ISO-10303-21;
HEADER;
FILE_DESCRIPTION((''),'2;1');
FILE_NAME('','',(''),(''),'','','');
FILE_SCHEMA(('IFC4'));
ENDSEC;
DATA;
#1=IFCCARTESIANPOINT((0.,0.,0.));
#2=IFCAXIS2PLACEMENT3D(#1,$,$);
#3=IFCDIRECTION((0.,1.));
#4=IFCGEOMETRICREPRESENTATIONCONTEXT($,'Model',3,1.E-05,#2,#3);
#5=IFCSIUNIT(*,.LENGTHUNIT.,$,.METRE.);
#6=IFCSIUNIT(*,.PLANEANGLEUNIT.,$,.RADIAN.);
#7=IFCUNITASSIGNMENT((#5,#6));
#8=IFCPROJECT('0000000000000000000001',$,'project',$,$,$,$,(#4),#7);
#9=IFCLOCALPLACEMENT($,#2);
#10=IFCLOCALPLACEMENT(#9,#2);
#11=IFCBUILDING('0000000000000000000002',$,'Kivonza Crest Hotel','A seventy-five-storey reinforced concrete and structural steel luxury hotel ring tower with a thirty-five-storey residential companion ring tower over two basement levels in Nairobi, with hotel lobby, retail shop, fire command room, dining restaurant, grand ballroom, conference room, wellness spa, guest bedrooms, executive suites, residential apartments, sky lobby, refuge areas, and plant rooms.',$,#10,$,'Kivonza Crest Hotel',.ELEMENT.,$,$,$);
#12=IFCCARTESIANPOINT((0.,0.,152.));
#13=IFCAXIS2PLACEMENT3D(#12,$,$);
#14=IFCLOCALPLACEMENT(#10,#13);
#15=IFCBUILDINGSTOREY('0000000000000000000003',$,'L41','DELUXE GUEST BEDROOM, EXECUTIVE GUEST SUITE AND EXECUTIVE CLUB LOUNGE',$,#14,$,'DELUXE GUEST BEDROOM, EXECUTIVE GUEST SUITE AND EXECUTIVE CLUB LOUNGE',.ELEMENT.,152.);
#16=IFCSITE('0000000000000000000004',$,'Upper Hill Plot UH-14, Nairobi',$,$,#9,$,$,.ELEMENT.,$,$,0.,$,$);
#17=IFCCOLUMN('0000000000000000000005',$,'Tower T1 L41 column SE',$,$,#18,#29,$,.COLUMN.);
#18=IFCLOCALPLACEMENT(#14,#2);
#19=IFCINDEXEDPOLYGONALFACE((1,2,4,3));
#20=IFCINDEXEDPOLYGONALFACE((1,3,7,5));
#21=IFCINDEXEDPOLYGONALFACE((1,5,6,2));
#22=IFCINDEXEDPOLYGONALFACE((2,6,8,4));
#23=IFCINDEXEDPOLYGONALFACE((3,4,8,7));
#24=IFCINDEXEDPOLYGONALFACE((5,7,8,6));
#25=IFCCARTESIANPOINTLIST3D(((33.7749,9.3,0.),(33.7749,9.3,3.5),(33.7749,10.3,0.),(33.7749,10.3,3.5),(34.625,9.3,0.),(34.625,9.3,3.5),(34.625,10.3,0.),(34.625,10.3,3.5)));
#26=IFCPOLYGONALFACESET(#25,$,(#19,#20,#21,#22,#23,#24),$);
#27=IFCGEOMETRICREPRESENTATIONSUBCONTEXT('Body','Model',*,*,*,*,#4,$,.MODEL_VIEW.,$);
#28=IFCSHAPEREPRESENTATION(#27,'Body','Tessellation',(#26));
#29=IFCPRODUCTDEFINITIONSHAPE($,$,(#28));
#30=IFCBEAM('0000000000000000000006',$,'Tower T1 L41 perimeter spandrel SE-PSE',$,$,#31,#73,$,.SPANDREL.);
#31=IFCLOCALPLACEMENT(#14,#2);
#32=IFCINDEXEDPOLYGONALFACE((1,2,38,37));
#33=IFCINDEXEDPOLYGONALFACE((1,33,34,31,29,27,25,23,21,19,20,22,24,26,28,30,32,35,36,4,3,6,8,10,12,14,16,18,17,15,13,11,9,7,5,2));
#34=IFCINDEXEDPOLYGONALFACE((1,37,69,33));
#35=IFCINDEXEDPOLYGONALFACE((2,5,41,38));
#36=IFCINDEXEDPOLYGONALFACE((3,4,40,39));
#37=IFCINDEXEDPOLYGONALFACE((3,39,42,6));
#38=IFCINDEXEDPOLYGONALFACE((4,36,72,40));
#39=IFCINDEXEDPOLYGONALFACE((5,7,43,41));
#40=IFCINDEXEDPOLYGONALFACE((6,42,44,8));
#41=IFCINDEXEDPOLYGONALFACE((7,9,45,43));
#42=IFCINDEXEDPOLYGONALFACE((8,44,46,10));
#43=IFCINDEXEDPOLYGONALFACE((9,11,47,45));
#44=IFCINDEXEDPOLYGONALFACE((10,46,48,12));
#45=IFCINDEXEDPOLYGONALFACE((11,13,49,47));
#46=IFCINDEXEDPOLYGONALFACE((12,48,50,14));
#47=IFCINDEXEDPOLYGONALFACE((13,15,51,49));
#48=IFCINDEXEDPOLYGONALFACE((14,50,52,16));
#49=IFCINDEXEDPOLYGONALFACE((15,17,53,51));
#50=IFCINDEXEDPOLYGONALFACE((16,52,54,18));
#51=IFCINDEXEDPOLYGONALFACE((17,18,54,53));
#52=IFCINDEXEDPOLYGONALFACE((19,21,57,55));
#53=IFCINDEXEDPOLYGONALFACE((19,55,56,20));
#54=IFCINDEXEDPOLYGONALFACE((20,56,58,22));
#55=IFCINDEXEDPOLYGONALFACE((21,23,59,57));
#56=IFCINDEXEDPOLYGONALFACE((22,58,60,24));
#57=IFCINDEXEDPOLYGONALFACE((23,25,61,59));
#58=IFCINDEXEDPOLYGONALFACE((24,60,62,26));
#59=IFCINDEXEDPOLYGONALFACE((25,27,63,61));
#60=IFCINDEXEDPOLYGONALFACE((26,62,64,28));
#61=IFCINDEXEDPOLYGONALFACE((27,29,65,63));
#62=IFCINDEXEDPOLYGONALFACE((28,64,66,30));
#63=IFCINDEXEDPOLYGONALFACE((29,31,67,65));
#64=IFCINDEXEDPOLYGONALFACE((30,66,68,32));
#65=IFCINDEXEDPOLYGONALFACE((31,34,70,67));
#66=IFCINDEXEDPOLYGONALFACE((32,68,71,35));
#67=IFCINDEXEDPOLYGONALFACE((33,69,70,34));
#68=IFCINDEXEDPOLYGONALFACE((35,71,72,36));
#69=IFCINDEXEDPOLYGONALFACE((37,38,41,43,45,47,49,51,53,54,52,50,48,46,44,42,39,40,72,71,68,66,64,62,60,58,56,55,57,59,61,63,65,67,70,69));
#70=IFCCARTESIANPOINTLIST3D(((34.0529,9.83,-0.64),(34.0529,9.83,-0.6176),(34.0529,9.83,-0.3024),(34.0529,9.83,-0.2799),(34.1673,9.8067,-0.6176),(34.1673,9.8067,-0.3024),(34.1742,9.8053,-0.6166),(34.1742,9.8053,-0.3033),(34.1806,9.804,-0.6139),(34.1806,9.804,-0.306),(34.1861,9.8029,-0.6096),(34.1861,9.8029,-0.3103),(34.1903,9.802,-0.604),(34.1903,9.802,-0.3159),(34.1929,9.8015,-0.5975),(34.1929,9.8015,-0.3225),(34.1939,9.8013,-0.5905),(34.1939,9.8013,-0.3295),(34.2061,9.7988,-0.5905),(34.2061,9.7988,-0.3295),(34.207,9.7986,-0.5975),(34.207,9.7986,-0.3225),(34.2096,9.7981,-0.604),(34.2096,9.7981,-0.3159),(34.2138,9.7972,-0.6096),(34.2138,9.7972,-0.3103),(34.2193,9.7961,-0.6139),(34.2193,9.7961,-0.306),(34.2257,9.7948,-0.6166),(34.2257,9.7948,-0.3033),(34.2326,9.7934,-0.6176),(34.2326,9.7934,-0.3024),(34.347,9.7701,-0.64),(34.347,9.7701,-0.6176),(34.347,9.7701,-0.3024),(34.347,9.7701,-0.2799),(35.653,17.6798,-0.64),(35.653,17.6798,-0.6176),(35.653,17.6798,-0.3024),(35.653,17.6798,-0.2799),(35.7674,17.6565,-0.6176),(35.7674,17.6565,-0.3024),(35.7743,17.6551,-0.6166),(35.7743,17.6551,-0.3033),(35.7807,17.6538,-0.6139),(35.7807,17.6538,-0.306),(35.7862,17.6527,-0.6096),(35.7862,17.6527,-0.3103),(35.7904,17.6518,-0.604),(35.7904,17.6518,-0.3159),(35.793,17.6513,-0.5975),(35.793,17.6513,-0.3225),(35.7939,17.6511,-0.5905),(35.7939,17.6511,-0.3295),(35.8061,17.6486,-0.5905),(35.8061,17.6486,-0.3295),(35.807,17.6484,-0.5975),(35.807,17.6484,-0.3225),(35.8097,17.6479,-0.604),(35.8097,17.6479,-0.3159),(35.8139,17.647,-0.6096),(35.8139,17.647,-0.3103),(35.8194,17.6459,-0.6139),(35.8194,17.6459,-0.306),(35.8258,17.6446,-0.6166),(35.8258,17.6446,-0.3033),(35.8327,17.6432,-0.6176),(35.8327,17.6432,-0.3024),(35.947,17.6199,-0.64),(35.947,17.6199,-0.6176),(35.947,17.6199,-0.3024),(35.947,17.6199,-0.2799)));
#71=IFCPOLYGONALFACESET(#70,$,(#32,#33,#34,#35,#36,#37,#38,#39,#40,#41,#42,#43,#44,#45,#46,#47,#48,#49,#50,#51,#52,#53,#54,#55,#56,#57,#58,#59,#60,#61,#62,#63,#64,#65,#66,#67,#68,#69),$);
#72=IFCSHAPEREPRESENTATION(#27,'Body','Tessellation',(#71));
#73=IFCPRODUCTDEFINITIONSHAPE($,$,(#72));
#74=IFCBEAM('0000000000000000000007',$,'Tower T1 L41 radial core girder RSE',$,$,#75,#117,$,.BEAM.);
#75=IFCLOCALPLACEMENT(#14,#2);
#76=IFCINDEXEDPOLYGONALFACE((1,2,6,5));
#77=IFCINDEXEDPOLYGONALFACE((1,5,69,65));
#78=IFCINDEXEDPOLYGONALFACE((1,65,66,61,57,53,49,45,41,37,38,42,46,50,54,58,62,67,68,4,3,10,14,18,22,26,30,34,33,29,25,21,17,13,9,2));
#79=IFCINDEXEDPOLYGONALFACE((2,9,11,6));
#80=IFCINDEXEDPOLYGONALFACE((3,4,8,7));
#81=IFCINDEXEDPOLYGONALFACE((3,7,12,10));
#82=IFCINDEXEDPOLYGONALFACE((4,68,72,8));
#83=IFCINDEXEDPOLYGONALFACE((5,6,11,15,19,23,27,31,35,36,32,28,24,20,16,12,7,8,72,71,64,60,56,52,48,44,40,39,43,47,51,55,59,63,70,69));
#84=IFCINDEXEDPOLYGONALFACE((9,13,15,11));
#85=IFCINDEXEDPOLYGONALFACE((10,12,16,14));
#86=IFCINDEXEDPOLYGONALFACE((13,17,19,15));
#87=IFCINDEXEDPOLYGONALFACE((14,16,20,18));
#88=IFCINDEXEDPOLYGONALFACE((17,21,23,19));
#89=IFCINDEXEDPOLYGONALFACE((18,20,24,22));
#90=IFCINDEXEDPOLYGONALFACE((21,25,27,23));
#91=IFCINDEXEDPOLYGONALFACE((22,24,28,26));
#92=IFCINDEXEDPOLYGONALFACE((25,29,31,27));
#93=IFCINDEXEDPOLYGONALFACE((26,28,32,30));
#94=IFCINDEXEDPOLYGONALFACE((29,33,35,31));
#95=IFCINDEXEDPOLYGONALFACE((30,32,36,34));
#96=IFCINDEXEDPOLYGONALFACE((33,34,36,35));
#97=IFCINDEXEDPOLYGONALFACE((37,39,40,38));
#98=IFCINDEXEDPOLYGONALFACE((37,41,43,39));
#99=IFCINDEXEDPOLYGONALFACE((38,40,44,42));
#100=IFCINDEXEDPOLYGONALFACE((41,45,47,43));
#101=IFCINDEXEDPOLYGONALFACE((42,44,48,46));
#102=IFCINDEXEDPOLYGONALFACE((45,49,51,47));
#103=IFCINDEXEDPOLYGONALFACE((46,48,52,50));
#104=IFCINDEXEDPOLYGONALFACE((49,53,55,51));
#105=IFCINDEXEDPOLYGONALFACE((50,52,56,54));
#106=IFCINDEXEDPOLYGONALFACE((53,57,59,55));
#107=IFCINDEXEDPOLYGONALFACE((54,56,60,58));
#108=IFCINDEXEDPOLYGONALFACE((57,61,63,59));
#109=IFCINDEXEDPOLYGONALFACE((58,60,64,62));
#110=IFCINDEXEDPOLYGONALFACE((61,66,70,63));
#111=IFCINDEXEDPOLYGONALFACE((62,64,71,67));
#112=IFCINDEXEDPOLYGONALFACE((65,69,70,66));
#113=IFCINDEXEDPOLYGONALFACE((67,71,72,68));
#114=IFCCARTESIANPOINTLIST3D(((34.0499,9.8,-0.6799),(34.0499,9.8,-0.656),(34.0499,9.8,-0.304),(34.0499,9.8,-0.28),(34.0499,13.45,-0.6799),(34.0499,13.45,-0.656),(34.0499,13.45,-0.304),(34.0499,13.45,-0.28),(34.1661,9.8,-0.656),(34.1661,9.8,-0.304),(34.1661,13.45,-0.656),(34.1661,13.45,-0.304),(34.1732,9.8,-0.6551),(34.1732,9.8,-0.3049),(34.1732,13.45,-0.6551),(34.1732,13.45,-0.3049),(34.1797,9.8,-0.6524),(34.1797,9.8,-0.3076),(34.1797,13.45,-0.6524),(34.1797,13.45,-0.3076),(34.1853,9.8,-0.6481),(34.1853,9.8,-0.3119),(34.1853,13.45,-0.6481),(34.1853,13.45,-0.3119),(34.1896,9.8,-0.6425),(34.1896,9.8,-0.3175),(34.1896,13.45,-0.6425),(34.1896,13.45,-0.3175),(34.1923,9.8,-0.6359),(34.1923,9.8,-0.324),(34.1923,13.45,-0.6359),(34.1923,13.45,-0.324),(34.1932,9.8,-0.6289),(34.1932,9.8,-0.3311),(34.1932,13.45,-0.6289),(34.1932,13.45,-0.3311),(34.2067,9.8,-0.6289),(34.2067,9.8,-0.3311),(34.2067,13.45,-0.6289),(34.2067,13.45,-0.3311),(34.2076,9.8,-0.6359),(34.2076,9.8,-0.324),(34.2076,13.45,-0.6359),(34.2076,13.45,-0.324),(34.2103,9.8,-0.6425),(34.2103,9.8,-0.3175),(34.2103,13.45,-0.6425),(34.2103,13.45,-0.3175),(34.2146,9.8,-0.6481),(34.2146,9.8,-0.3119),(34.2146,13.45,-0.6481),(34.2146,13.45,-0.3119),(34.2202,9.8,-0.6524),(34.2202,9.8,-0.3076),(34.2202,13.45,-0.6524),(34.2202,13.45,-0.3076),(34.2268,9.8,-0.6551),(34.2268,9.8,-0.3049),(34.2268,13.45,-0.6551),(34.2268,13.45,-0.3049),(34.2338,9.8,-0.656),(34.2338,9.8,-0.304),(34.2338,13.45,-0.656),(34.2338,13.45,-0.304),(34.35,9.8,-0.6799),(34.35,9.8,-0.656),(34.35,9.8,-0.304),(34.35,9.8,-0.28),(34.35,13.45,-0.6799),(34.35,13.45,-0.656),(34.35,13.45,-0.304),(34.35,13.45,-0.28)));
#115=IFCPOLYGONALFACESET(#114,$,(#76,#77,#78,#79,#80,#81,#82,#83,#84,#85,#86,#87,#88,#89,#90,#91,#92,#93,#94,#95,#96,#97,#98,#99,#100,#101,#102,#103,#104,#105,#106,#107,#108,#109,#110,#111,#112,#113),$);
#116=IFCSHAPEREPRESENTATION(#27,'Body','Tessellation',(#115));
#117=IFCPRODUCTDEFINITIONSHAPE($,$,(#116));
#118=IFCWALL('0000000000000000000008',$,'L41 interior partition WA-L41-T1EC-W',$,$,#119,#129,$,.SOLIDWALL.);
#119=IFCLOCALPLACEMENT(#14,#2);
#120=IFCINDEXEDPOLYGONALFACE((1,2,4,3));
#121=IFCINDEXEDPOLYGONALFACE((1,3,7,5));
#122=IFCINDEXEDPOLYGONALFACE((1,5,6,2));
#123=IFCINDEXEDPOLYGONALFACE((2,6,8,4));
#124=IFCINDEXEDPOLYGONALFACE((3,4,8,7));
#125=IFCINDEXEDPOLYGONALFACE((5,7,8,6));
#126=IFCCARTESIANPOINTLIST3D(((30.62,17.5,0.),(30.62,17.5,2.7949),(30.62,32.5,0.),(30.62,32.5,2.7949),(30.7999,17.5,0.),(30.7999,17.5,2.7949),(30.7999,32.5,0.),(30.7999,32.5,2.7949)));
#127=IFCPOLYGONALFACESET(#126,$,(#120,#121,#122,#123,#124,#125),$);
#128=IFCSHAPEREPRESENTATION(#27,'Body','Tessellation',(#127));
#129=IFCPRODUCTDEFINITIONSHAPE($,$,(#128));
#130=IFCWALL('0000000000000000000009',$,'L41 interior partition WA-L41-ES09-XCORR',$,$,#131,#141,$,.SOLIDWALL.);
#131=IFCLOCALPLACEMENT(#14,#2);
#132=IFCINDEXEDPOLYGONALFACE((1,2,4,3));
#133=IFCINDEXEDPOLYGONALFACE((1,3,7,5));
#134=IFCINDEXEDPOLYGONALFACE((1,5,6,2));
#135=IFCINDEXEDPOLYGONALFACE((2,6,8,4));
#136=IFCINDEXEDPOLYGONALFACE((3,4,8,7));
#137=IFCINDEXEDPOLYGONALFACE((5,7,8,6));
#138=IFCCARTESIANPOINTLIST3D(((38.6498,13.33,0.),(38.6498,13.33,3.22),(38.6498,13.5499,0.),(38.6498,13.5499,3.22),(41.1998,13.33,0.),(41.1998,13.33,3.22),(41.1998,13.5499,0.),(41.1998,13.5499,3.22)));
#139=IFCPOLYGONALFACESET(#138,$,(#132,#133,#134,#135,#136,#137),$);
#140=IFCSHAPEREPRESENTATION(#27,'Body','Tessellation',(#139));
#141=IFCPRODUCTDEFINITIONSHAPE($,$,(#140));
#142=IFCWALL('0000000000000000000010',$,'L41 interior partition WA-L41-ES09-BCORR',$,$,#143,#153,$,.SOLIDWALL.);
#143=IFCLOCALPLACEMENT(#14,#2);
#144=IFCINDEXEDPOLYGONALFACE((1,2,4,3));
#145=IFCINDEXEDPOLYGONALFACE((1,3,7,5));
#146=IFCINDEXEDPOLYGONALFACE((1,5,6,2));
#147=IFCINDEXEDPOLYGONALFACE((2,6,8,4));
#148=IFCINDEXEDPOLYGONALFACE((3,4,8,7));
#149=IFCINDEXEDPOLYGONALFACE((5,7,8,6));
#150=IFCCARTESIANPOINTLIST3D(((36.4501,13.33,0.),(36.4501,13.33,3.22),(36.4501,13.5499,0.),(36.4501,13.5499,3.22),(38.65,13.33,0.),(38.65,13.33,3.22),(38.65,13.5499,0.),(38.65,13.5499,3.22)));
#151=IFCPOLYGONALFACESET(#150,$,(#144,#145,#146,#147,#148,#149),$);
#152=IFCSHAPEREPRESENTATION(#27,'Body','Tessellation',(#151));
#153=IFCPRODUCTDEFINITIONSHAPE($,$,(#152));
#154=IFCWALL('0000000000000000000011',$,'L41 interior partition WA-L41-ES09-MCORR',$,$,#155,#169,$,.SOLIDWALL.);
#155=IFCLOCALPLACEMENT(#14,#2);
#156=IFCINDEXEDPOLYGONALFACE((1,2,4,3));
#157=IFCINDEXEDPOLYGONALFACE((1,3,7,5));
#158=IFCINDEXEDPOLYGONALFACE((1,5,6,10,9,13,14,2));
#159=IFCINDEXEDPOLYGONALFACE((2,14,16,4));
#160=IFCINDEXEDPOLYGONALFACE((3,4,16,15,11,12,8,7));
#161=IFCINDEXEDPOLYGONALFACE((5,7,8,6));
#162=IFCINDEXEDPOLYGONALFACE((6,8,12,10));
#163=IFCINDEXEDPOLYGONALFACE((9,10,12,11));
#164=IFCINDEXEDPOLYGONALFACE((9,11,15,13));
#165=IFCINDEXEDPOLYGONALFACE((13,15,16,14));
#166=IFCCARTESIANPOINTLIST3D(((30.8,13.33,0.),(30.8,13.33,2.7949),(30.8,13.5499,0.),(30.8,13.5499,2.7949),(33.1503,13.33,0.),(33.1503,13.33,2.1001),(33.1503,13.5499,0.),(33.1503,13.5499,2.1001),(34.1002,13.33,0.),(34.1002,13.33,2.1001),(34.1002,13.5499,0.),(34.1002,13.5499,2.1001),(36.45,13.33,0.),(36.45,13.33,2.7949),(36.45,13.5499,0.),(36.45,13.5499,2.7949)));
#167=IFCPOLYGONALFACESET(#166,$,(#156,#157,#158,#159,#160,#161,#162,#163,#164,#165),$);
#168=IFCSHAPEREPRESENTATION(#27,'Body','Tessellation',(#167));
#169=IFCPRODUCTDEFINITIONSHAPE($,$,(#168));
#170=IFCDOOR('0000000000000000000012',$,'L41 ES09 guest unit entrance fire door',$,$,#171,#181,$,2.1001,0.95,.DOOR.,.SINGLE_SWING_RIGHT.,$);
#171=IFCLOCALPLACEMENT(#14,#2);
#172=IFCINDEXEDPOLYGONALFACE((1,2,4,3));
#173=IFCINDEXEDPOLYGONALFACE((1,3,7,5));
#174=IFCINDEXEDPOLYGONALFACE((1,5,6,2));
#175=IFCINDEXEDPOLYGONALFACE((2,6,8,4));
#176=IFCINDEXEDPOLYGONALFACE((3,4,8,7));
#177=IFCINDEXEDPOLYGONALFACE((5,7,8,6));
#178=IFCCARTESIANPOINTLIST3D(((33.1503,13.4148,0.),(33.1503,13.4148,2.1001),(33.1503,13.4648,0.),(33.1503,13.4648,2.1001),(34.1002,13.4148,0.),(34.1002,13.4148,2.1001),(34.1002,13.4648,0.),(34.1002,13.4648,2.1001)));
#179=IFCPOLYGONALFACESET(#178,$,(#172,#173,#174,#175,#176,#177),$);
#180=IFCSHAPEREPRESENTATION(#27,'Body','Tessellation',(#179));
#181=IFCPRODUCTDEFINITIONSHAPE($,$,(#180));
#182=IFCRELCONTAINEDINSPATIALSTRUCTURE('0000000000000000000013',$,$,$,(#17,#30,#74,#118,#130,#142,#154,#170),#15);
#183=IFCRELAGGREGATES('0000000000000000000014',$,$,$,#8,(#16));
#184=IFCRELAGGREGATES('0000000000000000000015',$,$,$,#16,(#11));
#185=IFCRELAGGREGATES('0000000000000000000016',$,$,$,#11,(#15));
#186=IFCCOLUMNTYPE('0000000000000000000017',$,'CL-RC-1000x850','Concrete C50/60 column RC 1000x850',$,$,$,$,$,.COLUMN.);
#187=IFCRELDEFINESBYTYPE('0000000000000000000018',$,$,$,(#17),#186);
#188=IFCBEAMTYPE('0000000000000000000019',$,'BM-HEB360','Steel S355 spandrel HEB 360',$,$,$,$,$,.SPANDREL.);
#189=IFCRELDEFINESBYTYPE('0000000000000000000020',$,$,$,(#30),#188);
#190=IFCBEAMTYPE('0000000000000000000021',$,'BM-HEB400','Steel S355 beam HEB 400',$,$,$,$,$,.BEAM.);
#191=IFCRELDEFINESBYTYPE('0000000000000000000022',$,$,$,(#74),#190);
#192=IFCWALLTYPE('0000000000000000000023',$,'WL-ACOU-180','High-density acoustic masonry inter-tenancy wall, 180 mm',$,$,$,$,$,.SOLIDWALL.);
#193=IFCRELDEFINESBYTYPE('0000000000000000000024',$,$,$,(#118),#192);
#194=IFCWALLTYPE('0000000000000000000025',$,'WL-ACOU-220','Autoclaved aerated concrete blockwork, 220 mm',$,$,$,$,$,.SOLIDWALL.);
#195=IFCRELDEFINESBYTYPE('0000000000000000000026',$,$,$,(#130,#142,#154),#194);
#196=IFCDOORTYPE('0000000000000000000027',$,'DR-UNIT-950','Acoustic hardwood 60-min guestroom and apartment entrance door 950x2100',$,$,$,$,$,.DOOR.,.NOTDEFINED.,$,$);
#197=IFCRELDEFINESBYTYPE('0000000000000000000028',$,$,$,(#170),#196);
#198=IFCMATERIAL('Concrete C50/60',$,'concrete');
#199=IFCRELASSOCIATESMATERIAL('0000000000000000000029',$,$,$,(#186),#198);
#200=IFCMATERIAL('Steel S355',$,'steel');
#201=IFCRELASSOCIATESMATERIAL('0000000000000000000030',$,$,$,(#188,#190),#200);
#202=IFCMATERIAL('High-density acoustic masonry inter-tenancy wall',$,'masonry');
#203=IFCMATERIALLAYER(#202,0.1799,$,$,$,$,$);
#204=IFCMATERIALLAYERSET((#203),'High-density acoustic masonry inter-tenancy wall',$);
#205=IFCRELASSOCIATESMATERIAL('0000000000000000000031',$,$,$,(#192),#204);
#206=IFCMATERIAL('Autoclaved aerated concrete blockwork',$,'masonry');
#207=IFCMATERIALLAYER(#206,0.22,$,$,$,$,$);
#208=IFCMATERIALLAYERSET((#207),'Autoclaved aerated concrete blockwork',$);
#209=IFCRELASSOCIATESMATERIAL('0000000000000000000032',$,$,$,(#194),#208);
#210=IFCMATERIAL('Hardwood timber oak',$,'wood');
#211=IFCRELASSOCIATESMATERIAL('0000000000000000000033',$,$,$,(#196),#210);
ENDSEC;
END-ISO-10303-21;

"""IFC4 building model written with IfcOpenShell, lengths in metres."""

from ifc_helpers import new_model, si_unit, direction, frame, frame_2d, origin, origin_2d, place, context, subcontext, project, spatial, rectangle, i_section, extrude, material, layer, layer_set, material_profile, profile_set, type_object, element, fill, save


model = new_model("IFC4")

# Units and contexts
model_context = context("Model", 3, precision=1e-05, world=origin(), true_north=direction((0.0, 1.0)))
body_context = subcontext(model_context, "Body", "Model", "MODEL_VIEW")
ifc_project = project(units=[si_unit("LENGTHUNIT", "METRE"), si_unit("PLANEANGLEUNIT", "RADIAN")], contexts=[model_context])

# Site, building, storey
site_placement = place(None, origin())
site = spatial("IfcSite", under=ifc_project, at=site_placement, Name="Upper Hill Plot UH-14, Nairobi", CompositionType="ELEMENT", RefElevation=0.0)
building_placement = place(site_placement, origin())
building = spatial("IfcBuilding", under=site, at=building_placement, Name="Kivonza Crest Hotel", Description="A seventy-five-storey reinforced concrete and structural steel luxury hotel ring tower with a thirty-five-storey residential companion ring tower over two basement levels in Nairobi, with hotel lobby, retail shop, fire command room, dining restaurant, grand ballroom, conference room, wellness spa, guest bedrooms, executive suites, residential apartments, sky lobby, refuge areas, and plant rooms.", LongName="Kivonza Crest Hotel", CompositionType="ELEMENT")
storey_placement = place(building_placement, frame((0.0, 0.0, 152.0)))
storey = spatial("IfcBuildingStorey", under=building, at=storey_placement, Name="L41", Description="DELUXE GUEST BEDROOM, EXECUTIVE GUEST SUITE AND EXECUTIVE CLUB LOUNGE", LongName="DELUXE GUEST BEDROOM, EXECUTIVE GUEST SUITE AND EXECUTIVE CLUB LOUNGE", CompositionType="ELEMENT", Elevation=152.0)

# Column
ifc_material_1 = material(Name="Concrete C50/60", Category="concrete")
ifc_material_profile_1 = material_profile(ifc_material_1, rectangle(XDim=0.8501, YDim=1.0, at=origin_2d()), Name="RC 1000x850")
ifc_profile_set_1 = profile_set([ifc_material_profile_1], Name="Concrete C50/60")
column_type = type_object("IfcColumnType", Name="CL-RC-1000x850", Description="Concrete C50/60 column RC 1000x850", PredefinedType="COLUMN", material=ifc_profile_set_1)
column_placement = place(storey_placement, frame((34.2, 9.8, 0.0), z_axis=(0.0, 0.0, 1.0), x_axis=(1.0, 0.0, 0.0)))
element("IfcColumn", 1, at=column_placement, inside=storey, type_object=column_type, Name="Tower T1 L41 column SE", PredefinedType="COLUMN", context=body_context, shape_type="SweptSolid", body=[
    extrude(rectangle(XDim=0.8501, YDim=1.0, at=origin_2d()), origin(), (0.0, 0.0, 1.0), 3.5),
])

# Beams
ifc_material_2 = material(Name="Steel S355", Category="steel")
ifc_material_profile_2 = material_profile(ifc_material_2, i_section(OverallWidth=0.3, OverallDepth=0.3601, WebThickness=0.0125, FlangeThickness=0.0225, FilletRadius=0.0271, at=origin_2d()), Name="HEB 360")
ifc_profile_set_2 = profile_set([ifc_material_profile_2], Name="Steel S355")
beam_type_1 = type_object("IfcBeamType", Name="BM-HEB360", Description="Steel S355 spandrel HEB 360", PredefinedType="SPANDREL", material=ifc_profile_set_2)
beam_1_placement = place(storey_placement, frame((34.2, 9.8, -0.46), z_axis=(0.199731, 0.979851, 0.0), x_axis=(-0.979851, 0.199731, 0.0)))
element("IfcBeam", 2, at=beam_1_placement, inside=storey, type_object=beam_type_1, Name="Tower T1 L41 perimeter spandrel SE-PSE", PredefinedType="SPANDREL", context=body_context, shape_type="SweptSolid", body=[
    extrude(i_section(OverallWidth=0.3, OverallDepth=0.3601, WebThickness=0.0125, FlangeThickness=0.0225, FilletRadius=0.0271, at=origin_2d()), origin(), (0.0, 0.0, 1.0), 8.0112),
])
ifc_material_profile_3 = material_profile(ifc_material_2, i_section(OverallWidth=0.3, OverallDepth=0.3999, WebThickness=0.0134, FlangeThickness=0.0239, FilletRadius=0.0271, at=origin_2d()), Name="HEB 400")
ifc_profile_set_3 = profile_set([ifc_material_profile_3], Name="Steel S355")
beam_type_2 = type_object("IfcBeamType", Name="BM-HEB400", Description="Steel S355 beam HEB 400", PredefinedType="BEAM", material=ifc_profile_set_3)
beam_2_placement = place(storey_placement, frame((34.2, 9.8, -0.48), z_axis=(0.0, 1.0, 0.0), x_axis=(-1.0, 0.0, 0.0)))
element("IfcBeam", 3, at=beam_2_placement, inside=storey, type_object=beam_type_2, Name="Tower T1 L41 radial core girder RSE", PredefinedType="BEAM", context=body_context, shape_type="SweptSolid", body=[
    extrude(i_section(OverallWidth=0.3, OverallDepth=0.3999, WebThickness=0.0134, FlangeThickness=0.0239, FilletRadius=0.0271, at=origin_2d()), origin(), (0.0, 0.0, 1.0), 3.6499),
])

# Walls
ifc_material_3 = material(Name="High-density acoustic masonry inter-tenancy wall", Category="masonry")
ifc_layer_1 = layer(ifc_material_3, 0.1799)
ifc_layer_set_1 = layer_set([ifc_layer_1], Name="High-density acoustic masonry inter-tenancy wall")
wall_type_1 = type_object("IfcWallType", Name="WL-ACOU-180", Description="High-density acoustic masonry inter-tenancy wall, 180 mm", PredefinedType="SOLIDWALL", material=ifc_layer_set_1)
wall_1_placement = place(storey_placement, frame((30.71, 17.5, 0.0), z_axis=(0.0, 0.0, 1.0), x_axis=(0.0, 1.0, 0.0)))
element("IfcWall", 4, at=wall_1_placement, inside=storey, type_object=wall_type_1, Name="L41 interior partition WA-L41-T1EC-W", PredefinedType="SOLIDWALL", context=body_context, shape_type="SweptSolid", body=[
    extrude(rectangle(XDim=15.0, YDim=0.1799, at=frame_2d((7.5, 0.0))), origin(), (0.0, 0.0, 1.0), 2.7949),
])
ifc_material_4 = material(Name="Autoclaved aerated concrete blockwork", Category="masonry")
ifc_layer_2 = layer(ifc_material_4, 0.22)
ifc_layer_set_2 = layer_set([ifc_layer_2], Name="Autoclaved aerated concrete blockwork")
wall_type_2 = type_object("IfcWallType", Name="WL-ACOU-220", Description="Autoclaved aerated concrete blockwork, 220 mm", PredefinedType="SOLIDWALL", material=ifc_layer_set_2)
wall_2_placement = place(storey_placement, frame((38.6499, 13.4399, 0.0), z_axis=(0.0, 0.0, 1.0), x_axis=(1.0, 0.0, 0.0)))
element("IfcWall", 5, at=wall_2_placement, inside=storey, type_object=wall_type_2, Name="L41 interior partition WA-L41-ES09-XCORR", PredefinedType="SOLIDWALL", context=body_context, shape_type="SweptSolid", body=[
    extrude(rectangle(XDim=2.55, YDim=0.22, at=frame_2d((1.2749, 0.0))), origin(), (0.0, 0.0, 1.0), 3.22),
])
wall_3_placement = place(storey_placement, frame((36.45, 13.4399, 0.0), z_axis=(0.0, 0.0, 1.0), x_axis=(1.0, 0.0, 0.0)))
element("IfcWall", 6, at=wall_3_placement, inside=storey, type_object=wall_type_2, Name="L41 interior partition WA-L41-ES09-BCORR", PredefinedType="SOLIDWALL", context=body_context, shape_type="SweptSolid", body=[
    extrude(rectangle(XDim=2.2, YDim=0.22, at=frame_2d((1.1001, 0.0))), origin(), (0.0, 0.0, 1.0), 3.22),
])

# Wall, opening, door
wall_4_placement = place(storey_placement, frame((30.8, 13.4399, 0.0), z_axis=(0.0, 0.0, 1.0), x_axis=(1.0, 0.0, 0.0)))
wall_4 = element("IfcWall", 7, at=wall_4_placement, inside=storey, type_object=wall_type_2, Name="L41 interior partition WA-L41-ES09-MCORR", PredefinedType="SOLIDWALL", context=body_context, shape_type="SweptSolid", body=[
    extrude(rectangle(XDim=5.6499, YDim=0.22, at=frame_2d((2.825, 0.0))), origin(), (0.0, 0.0, 1.0), 2.7949),
])
opening_1_placement = place(wall_4_placement, frame((2.3501, 0.0, 0.0)))
opening_1 = element("IfcOpeningElement", 8, at=opening_1_placement, cuts=wall_4, PredefinedType="OPENING", context=body_context, shape_type="SweptSolid", body=[
    extrude(rectangle(XDim=0.95, YDim=2.1001, at=frame_2d((0.4751, 1.05))), frame((0.0, 0.1201, 0.0), z_axis=(0.0, -1.0, 0.0), x_axis=(1.0, 0.0, 0.0)), (0.0, 0.0, 1.0), 0.24),
])
ifc_material_5 = material(Name="Hardwood timber oak", Category="wood")
door_type_1 = type_object("IfcDoorType", Name="DR-UNIT-950", Description="Acoustic hardwood 60-min guestroom and apartment entrance door 950x2100", OperationType="NOTDEFINED", PredefinedType="DOOR", material=ifc_material_5)
door_1_placement = place(opening_1_placement, origin())
door_1 = element("IfcDoor", 9, at=door_1_placement, inside=storey, type_object=door_type_1, Name="L41 ES09 guest unit entrance fire door", OperationType="SINGLE_SWING_RIGHT", OverallHeight=2.1001, OverallWidth=0.95, PredefinedType="DOOR", context=body_context, shape_type="SweptSolid", body=[
    extrude(rectangle(XDim=0.95, YDim=2.1001, at=frame_2d((0.4751, 1.05))), frame((0.0, 0.0249, 0.0), z_axis=(0.0, -1.0, 0.0), x_axis=(1.0, 0.0, 0.0)), (0.0, 0.0, 1.0), 0.05),
])
fill(opening_1, door_1)

save(model, "model.ifc")
